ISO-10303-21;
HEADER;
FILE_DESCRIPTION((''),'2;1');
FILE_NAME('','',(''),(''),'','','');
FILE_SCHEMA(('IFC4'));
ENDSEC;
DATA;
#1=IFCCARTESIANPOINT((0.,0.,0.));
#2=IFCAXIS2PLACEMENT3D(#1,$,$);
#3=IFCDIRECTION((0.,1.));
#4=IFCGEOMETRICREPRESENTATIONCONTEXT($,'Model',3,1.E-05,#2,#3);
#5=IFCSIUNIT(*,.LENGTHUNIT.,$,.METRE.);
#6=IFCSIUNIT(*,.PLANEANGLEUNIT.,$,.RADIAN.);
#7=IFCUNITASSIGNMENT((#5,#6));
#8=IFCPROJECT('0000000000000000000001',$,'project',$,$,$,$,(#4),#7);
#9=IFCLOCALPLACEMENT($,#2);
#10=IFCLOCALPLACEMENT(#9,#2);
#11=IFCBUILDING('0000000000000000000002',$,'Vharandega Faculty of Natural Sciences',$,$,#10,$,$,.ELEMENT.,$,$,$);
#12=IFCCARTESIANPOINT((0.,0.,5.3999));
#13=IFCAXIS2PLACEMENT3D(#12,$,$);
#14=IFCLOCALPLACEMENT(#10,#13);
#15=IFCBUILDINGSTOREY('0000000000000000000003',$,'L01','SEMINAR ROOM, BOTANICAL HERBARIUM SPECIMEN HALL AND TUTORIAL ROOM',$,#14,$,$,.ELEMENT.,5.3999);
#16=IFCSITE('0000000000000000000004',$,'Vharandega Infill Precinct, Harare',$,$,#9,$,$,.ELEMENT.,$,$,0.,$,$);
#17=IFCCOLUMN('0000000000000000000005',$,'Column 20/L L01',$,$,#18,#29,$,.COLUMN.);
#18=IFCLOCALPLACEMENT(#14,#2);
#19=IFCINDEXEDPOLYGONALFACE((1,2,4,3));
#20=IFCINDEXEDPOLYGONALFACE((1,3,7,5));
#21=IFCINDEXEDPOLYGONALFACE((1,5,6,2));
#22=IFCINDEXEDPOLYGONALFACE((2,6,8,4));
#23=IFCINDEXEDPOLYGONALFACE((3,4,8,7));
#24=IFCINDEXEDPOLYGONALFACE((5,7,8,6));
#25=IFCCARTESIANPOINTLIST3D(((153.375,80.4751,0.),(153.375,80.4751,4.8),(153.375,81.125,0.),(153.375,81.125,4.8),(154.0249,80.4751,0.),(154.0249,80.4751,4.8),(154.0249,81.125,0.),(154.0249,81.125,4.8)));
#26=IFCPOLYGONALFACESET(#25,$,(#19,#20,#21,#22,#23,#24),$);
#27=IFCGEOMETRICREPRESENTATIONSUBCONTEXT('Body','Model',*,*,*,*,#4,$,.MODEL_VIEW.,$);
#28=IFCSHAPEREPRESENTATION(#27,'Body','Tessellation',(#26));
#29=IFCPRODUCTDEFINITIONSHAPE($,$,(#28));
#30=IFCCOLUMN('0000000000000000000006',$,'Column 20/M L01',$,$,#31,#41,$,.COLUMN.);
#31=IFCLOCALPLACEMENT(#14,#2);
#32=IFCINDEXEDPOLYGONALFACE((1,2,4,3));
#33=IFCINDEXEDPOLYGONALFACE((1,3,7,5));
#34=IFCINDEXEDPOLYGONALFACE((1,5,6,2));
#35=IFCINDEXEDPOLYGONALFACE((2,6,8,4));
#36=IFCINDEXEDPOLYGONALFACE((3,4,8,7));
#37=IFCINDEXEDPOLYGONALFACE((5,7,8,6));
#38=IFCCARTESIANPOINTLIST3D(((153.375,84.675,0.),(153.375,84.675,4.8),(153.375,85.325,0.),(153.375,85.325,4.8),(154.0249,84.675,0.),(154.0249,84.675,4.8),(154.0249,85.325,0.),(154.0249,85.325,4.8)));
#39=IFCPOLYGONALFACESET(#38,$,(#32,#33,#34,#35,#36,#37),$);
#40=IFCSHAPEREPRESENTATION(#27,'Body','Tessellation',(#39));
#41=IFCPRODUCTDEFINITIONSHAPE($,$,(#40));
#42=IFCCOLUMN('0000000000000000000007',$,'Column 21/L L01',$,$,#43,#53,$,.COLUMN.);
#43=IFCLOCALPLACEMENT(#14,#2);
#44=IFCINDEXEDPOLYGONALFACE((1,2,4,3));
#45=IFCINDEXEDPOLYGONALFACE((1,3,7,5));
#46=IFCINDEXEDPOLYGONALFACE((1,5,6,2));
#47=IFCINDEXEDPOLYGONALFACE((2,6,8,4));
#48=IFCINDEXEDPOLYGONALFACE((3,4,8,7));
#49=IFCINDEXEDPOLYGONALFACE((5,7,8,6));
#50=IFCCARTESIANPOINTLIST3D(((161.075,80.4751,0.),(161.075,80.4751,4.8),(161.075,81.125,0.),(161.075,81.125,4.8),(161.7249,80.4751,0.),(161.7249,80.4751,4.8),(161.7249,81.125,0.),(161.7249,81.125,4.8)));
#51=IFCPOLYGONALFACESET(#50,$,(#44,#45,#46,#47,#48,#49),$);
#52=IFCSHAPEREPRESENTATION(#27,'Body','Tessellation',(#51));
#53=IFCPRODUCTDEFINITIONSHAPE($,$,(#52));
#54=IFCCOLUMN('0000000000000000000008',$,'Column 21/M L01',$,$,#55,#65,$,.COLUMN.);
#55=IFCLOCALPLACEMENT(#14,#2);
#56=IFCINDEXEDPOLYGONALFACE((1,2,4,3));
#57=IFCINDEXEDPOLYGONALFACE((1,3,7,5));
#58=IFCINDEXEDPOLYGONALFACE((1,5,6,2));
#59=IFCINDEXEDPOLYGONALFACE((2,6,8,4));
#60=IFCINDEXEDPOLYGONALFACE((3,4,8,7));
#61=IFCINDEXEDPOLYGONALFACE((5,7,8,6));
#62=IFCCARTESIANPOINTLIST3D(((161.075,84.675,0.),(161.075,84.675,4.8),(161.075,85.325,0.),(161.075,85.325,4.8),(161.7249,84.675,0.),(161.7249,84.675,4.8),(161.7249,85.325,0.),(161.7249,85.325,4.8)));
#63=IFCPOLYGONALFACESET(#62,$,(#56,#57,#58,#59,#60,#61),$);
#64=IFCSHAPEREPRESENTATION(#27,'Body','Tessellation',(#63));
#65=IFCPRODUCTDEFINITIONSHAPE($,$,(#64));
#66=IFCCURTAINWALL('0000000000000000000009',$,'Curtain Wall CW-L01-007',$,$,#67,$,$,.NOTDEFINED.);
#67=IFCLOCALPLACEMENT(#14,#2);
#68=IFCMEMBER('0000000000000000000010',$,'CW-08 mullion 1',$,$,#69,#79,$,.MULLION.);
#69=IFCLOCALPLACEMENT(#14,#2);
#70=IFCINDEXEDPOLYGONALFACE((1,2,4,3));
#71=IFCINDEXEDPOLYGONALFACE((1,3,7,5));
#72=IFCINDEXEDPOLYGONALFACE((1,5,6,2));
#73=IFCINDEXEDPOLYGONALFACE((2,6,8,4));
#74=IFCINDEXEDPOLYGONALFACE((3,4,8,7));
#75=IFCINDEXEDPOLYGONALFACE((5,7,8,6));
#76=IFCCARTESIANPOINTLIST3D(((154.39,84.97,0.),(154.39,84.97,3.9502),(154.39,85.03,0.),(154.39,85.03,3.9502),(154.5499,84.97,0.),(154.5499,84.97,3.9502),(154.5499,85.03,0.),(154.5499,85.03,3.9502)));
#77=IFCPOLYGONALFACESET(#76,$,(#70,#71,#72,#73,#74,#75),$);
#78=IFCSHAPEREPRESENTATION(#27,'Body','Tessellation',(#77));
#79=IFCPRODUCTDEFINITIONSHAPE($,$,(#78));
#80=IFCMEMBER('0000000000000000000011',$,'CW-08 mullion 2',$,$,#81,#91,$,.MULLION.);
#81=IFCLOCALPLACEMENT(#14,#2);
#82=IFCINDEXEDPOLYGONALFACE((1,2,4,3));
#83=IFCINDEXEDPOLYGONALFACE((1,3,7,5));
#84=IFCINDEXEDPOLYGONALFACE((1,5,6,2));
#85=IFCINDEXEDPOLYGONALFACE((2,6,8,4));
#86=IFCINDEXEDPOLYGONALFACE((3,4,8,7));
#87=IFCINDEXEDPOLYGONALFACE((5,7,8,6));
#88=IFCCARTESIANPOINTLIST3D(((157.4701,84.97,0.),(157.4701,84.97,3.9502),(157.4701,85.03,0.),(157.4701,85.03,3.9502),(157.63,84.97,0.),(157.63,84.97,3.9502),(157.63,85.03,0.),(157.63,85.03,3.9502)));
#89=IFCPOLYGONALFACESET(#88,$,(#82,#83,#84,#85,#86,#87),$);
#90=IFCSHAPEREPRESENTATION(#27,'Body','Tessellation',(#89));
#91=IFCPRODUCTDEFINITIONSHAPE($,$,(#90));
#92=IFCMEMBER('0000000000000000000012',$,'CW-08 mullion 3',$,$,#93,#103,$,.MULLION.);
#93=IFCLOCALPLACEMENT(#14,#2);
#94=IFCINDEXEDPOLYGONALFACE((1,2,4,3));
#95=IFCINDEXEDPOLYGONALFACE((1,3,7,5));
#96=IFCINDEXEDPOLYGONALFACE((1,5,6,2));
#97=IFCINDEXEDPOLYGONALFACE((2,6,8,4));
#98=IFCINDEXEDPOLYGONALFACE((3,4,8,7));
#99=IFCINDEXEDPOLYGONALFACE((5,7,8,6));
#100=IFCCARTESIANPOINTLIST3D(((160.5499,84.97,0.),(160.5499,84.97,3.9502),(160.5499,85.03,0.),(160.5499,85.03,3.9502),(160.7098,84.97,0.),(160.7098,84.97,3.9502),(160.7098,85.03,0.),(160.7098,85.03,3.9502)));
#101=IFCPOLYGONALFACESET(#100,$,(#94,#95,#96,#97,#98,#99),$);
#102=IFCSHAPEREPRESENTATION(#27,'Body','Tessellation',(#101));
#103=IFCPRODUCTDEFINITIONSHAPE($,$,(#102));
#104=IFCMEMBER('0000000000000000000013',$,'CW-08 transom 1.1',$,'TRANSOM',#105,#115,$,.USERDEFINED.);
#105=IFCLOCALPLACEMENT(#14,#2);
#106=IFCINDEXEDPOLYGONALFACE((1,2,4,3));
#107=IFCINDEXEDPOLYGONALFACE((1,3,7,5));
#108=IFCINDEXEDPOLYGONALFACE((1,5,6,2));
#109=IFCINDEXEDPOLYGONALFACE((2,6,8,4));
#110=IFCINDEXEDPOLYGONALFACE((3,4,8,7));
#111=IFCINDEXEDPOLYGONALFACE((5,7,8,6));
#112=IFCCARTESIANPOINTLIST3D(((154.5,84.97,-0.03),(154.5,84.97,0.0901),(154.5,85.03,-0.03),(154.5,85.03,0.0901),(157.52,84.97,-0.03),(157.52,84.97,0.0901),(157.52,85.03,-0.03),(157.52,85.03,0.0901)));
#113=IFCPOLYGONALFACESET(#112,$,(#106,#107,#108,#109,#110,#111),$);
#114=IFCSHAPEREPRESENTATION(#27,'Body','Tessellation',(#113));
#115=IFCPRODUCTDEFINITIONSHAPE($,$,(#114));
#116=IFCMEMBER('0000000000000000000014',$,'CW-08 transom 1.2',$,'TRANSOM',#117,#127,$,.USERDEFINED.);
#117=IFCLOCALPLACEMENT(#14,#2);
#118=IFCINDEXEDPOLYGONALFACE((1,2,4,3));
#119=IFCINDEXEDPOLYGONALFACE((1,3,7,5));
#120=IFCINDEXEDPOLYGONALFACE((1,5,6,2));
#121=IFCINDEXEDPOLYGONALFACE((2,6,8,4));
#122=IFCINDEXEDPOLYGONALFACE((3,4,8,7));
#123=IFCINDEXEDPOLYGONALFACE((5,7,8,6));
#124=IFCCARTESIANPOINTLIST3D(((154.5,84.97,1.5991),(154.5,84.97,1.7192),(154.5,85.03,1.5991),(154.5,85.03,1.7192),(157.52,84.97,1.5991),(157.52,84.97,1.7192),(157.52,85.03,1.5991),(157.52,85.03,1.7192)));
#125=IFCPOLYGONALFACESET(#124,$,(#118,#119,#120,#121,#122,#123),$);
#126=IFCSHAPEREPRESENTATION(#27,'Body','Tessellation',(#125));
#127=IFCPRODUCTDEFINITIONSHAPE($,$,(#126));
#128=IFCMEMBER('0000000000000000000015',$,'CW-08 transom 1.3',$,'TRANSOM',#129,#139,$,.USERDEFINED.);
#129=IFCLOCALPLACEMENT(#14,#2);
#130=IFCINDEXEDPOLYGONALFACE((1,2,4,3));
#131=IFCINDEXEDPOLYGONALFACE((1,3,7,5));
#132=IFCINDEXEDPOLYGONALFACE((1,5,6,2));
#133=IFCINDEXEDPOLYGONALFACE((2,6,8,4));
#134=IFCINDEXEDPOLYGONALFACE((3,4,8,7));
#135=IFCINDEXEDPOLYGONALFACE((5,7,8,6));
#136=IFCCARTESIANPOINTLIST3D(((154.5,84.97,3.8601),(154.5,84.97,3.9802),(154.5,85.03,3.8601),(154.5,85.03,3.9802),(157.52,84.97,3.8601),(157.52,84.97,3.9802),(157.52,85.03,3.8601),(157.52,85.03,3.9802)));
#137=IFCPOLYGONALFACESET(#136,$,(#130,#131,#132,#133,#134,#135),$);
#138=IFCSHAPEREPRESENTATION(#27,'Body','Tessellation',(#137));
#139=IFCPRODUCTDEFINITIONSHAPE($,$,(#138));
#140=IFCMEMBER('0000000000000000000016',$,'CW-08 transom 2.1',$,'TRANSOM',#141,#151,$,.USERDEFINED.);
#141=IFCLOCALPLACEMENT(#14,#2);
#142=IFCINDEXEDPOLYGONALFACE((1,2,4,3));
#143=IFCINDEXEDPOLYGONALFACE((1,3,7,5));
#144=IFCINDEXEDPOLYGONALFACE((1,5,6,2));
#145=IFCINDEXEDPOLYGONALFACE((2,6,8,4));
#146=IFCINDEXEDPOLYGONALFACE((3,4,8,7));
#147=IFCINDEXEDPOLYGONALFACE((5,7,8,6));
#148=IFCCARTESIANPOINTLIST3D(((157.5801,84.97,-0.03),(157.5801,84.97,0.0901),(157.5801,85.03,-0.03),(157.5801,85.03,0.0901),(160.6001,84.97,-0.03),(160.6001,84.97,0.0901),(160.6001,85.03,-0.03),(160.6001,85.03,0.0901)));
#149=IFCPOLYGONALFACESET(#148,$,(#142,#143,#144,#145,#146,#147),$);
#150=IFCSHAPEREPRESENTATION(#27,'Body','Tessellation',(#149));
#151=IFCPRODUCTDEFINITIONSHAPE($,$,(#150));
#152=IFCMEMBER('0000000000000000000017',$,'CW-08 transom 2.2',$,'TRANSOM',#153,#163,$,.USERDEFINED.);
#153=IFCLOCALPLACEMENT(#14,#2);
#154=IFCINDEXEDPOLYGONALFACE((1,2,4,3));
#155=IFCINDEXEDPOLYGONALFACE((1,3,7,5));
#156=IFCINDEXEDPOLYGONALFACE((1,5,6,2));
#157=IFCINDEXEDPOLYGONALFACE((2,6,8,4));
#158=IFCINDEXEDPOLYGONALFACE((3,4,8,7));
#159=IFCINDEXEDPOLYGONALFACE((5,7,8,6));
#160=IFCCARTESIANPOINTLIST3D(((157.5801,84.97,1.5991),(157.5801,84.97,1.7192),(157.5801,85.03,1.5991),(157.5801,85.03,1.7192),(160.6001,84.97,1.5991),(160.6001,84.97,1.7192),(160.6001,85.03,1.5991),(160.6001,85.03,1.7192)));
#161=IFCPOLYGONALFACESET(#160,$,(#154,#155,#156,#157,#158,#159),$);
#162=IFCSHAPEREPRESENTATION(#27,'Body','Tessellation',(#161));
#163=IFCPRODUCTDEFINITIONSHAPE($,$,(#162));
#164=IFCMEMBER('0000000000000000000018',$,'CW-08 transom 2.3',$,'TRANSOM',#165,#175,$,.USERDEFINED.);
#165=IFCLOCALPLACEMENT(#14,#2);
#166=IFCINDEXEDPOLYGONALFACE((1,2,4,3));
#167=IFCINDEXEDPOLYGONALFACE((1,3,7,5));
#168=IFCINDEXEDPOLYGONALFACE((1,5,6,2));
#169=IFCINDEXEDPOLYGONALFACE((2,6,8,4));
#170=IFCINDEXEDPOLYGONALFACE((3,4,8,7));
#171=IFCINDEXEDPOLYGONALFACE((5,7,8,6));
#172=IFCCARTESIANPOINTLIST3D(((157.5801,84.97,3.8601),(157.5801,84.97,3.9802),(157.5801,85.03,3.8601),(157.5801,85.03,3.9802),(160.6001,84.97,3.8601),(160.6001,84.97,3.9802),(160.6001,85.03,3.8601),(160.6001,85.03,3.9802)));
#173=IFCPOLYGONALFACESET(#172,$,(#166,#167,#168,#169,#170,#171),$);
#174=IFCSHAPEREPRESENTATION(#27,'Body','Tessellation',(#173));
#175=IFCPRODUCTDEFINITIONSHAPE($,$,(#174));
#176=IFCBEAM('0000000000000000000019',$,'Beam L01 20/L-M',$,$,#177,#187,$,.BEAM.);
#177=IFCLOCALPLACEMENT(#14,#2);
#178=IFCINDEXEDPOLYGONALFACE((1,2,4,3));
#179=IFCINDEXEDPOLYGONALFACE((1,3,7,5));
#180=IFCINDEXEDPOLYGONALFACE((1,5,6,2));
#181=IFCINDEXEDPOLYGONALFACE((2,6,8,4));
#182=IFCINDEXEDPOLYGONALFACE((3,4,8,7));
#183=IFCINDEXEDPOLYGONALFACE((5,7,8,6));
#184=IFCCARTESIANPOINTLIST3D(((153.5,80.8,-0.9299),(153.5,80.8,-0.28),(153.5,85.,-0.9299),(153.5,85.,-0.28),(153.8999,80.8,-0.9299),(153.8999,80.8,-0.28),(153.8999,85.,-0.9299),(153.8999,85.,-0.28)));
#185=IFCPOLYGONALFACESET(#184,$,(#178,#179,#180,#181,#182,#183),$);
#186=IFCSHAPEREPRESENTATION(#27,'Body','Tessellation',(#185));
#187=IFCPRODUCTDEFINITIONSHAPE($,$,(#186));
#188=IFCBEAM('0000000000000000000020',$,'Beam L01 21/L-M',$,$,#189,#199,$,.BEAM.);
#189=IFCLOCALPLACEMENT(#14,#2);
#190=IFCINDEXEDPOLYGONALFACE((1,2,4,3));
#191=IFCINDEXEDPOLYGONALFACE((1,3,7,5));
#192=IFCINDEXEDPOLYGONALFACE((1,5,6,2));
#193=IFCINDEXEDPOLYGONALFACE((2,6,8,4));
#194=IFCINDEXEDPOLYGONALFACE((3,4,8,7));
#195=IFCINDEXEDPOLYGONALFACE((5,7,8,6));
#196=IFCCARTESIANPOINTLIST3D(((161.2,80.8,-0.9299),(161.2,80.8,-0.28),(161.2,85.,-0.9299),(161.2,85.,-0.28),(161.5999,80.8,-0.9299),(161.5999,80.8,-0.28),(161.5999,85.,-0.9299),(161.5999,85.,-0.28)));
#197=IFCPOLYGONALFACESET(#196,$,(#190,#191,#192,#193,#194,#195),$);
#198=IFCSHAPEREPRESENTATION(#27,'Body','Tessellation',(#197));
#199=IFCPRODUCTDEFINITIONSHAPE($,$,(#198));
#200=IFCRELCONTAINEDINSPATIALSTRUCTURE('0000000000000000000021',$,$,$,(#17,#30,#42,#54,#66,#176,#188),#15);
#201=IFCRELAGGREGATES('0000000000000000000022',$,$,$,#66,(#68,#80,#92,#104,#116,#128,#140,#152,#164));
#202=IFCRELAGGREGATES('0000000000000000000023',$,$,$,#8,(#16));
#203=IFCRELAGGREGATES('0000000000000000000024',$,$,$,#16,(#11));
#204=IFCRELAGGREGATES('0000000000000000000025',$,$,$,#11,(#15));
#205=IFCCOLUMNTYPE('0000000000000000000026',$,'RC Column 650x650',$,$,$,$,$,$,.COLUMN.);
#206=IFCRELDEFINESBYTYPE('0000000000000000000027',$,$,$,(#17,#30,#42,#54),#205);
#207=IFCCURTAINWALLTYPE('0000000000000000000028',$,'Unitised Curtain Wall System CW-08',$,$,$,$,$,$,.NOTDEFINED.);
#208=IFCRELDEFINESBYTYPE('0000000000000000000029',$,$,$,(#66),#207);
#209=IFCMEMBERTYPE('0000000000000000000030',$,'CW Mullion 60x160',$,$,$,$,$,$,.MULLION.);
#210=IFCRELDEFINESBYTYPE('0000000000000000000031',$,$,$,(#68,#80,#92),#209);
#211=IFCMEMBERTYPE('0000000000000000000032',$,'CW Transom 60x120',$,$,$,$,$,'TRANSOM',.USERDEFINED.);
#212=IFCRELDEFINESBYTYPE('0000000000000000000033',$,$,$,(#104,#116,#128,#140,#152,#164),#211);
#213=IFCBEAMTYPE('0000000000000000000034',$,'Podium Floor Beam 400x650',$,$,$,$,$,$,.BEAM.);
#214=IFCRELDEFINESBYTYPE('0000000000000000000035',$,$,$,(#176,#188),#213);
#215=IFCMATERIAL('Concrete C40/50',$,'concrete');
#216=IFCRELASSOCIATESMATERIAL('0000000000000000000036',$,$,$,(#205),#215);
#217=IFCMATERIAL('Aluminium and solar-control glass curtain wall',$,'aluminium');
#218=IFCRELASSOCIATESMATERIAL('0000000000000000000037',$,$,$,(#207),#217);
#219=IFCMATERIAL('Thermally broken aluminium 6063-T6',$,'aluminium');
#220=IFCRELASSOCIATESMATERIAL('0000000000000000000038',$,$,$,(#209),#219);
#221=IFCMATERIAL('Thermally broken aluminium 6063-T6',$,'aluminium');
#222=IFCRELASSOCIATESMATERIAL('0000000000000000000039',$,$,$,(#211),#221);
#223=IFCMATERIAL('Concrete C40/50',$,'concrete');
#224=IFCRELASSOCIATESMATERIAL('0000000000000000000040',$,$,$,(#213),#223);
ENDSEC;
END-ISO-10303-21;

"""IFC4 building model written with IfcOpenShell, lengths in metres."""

from ifc_helpers import new_model, si_unit, direction, frame, origin, origin_2d, place, context, subcontext, project, spatial, rectangle, extrude, material, material_profile, profile_set, type_object, element, aggregate, save


model = new_model("IFC4")

# Units and contexts
model_context = context("Model", 3, precision=1e-05, world=origin(), true_north=direction((0.0, 1.0)))
body_context = subcontext(model_context, "Body", "Model", "MODEL_VIEW")
ifc_project = project(units=[si_unit("LENGTHUNIT", "METRE"), si_unit("PLANEANGLEUNIT", "RADIAN")], contexts=[model_context])

# Site, building, storey
site_placement = place(None, origin())
site = spatial("IfcSite", under=ifc_project, at=site_placement, Name="Vharandega Infill Precinct, Harare", CompositionType="ELEMENT", RefElevation=0.0)
building_placement = place(site_placement, origin())
building = spatial("IfcBuilding", under=site, at=building_placement, Name="Vharandega Faculty of Natural Sciences", CompositionType="ELEMENT")
storey_placement = place(building_placement, frame((0.0, 0.0, 5.3999)))
storey = spatial("IfcBuildingStorey", under=building, at=storey_placement, Name="L01", Description="SEMINAR ROOM, BOTANICAL HERBARIUM SPECIMEN HALL AND TUTORIAL ROOM", CompositionType="ELEMENT", Elevation=5.3999)

# Columns
ifc_material_1 = material(Name="Concrete C40/50", Category="concrete")
ifc_material_profile_1 = material_profile(ifc_material_1, rectangle(XDim=0.6499, YDim=0.6499, at=origin_2d()), Name="RC 650x650")
ifc_profile_set_1 = profile_set([ifc_material_profile_1], Name="Concrete C40/50")
column_type = type_object("IfcColumnType", Name="RC Column 650x650", PredefinedType="COLUMN", material=ifc_profile_set_1)
for number, where, z_axis, x_axis, name in (
    (1, (153.7, 80.8, 0.0), (0.0, 0.0, 1.0), (1.0, 0.0, 0.0), "Column 20/L L01"),
    (2, (153.7, 85.0, 0.0), (0.0, 0.0, 1.0), (1.0, 0.0, 0.0), "Column 20/M L01"),
    (3, (161.3999, 80.8, 0.0), (0.0, 0.0, 1.0), (1.0, 0.0, 0.0), "Column 21/L L01"),
    (4, (161.3999, 85.0, 0.0), (0.0, 0.0, 1.0), (1.0, 0.0, 0.0), "Column 21/M L01"),
):
    element("IfcColumn", number, at=place(storey_placement, frame(where, z_axis=z_axis, x_axis=x_axis)), inside=storey, type_object=column_type, Name=name, PredefinedType="COLUMN", context=body_context, shape_type="SweptSolid", body=[
        extrude(rectangle(XDim=0.6499, YDim=0.6499, at=origin_2d()), origin(), (0.0, 0.0, 1.0), 4.8),
    ])

# Curtain wall, members
ifc_material_2 = material(Name="Aluminium and solar-control glass curtain wall", Category="aluminium")
curtain_wall_type = type_object("IfcCurtainWallType", Name="Unitised Curtain Wall System CW-08", PredefinedType="NOTDEFINED", material=ifc_material_2)
curtain_wall_placement = place(storey_placement, origin())
curtain_wall = element("IfcCurtainWall", 5, at=curtain_wall_placement, inside=storey, type_object=curtain_wall_type, Name="Curtain Wall CW-L01-007", PredefinedType="NOTDEFINED")
ifc_material_3 = material(Name="Thermally broken aluminium 6063-T6", Category="aluminium")
ifc_material_profile_2 = material_profile(ifc_material_3, rectangle(XDim=0.0601, YDim=0.1599, at=origin_2d()), Name="ALU 60x160")
ifc_profile_set_2 = profile_set([ifc_material_profile_2], Name="Thermally broken aluminium 6063-T6")
member_type_1 = type_object("IfcMemberType", Name="CW Mullion 60x160", PredefinedType="MULLION", material=ifc_profile_set_2)
member_1_placement = place(storey_placement, frame((154.47, 85.0, 0.0), z_axis=(0.0, 0.0, 1.0), x_axis=(0.0, 1.0, 0.0)))
member_1 = element("IfcMember", 6, at=member_1_placement, type_object=member_type_1, Name="CW-08 mullion 1", PredefinedType="MULLION", context=body_context, shape_type="SweptSolid", body=[
    extrude(rectangle(XDim=0.0601, YDim=0.1599, at=origin_2d()), origin(), (0.0, 0.0, 1.0), 3.9502),
])
member_2_placement = place(storey_placement, frame((157.55, 85.0, 0.0), z_axis=(0.0, 0.0, 1.0), x_axis=(0.0, 1.0, 0.0)))
member_2 = element("IfcMember", 7, at=member_2_placement, type_object=member_type_1, Name="CW-08 mullion 2", PredefinedType="MULLION", context=body_context, shape_type="SweptSolid", body=[
    extrude(rectangle(XDim=0.0601, YDim=0.1599, at=origin_2d()), origin(), (0.0, 0.0, 1.0), 3.9502),
])
member_3_placement = place(storey_placement, frame((160.6299, 85.0, 0.0), z_axis=(0.0, 0.0, 1.0), x_axis=(0.0, 1.0, 0.0)))
member_3 = element("IfcMember", 8, at=member_3_placement, type_object=member_type_1, Name="CW-08 mullion 3", PredefinedType="MULLION", context=body_context, shape_type="SweptSolid", body=[
    extrude(rectangle(XDim=0.0601, YDim=0.1599, at=origin_2d()), origin(), (0.0, 0.0, 1.0), 3.9502),
])
ifc_material_4 = material(Name="Thermally broken aluminium 6063-T6", Category="aluminium")
ifc_material_profile_3 = material_profile(ifc_material_4, rectangle(XDim=0.0601, YDim=0.1201, at=origin_2d()), Name="ALU 60x120")
ifc_profile_set_3 = profile_set([ifc_material_profile_3], Name="Thermally broken aluminium 6063-T6")
member_type_2 = type_object("IfcMemberType", Name="CW Transom 60x120", ElementType="TRANSOM", PredefinedType="USERDEFINED", material=ifc_profile_set_3)
member_4_placement = place(storey_placement, frame((154.5, 85.0, 0.03), z_axis=(1.0, 0.0, 0.0), x_axis=(0.0, 1.0, 0.0)))
member_4 = element("IfcMember", 9, at=member_4_placement, type_object=member_type_2, Name="CW-08 transom 1.1", ObjectType="TRANSOM", PredefinedType="USERDEFINED", context=body_context, shape_type="SweptSolid", body=[
    extrude(rectangle(XDim=0.0601, YDim=0.1201, at=origin_2d()), origin(), (0.0, 0.0, 1.0), 3.02),
])
member_5_placement = place(storey_placement, frame((154.5, 85.0, 1.6592), z_axis=(1.0, 0.0, 0.0), x_axis=(0.0, 1.0, 0.0)))
member_5 = element("IfcMember", 10, at=member_5_placement, type_object=member_type_2, Name="CW-08 transom 1.2", ObjectType="TRANSOM", PredefinedType="USERDEFINED", context=body_context, shape_type="SweptSolid", body=[
    extrude(rectangle(XDim=0.0601, YDim=0.1201, at=origin_2d()), origin(), (0.0, 0.0, 1.0), 3.02),
])
member_6_placement = place(storey_placement, frame((154.5, 85.0, 3.9202), z_axis=(1.0, 0.0, 0.0), x_axis=(0.0, 1.0, 0.0)))
member_6 = element("IfcMember", 11, at=member_6_placement, type_object=member_type_2, Name="CW-08 transom 1.3", ObjectType="TRANSOM", PredefinedType="USERDEFINED", context=body_context, shape_type="SweptSolid", body=[
    extrude(rectangle(XDim=0.0601, YDim=0.1201, at=origin_2d()), origin(), (0.0, 0.0, 1.0), 3.02),
])
member_7_placement = place(storey_placement, frame((157.5801, 85.0, 0.03), z_axis=(1.0, 0.0, 0.0), x_axis=(0.0, 1.0, 0.0)))
member_7 = element("IfcMember", 12, at=member_7_placement, type_object=member_type_2, Name="CW-08 transom 2.1", ObjectType="TRANSOM", PredefinedType="USERDEFINED", context=body_context, shape_type="SweptSolid", body=[
    extrude(rectangle(XDim=0.0601, YDim=0.1201, at=origin_2d()), origin(), (0.0, 0.0, 1.0), 3.02),
])
member_8_placement = place(storey_placement, frame((157.5801, 85.0, 1.6592), z_axis=(1.0, 0.0, 0.0), x_axis=(0.0, 1.0, 0.0)))
member_8 = element("IfcMember", 13, at=member_8_placement, type_object=member_type_2, Name="CW-08 transom 2.2", ObjectType="TRANSOM", PredefinedType="USERDEFINED", context=body_context, shape_type="SweptSolid", body=[
    extrude(rectangle(XDim=0.0601, YDim=0.1201, at=origin_2d()), origin(), (0.0, 0.0, 1.0), 3.02),
])
member_9_placement = place(storey_placement, frame((157.5801, 85.0, 3.9202), z_axis=(1.0, 0.0, 0.0), x_axis=(0.0, 1.0, 0.0)))
member_9 = element("IfcMember", 14, at=member_9_placement, type_object=member_type_2, Name="CW-08 transom 2.3", ObjectType="TRANSOM", PredefinedType="USERDEFINED", context=body_context, shape_type="SweptSolid", body=[
    extrude(rectangle(XDim=0.0601, YDim=0.1201, at=origin_2d()), origin(), (0.0, 0.0, 1.0), 3.02),
])

# Beams
ifc_material_5 = material(Name="Concrete C40/50", Category="concrete")
ifc_material_profile_4 = material_profile(ifc_material_5, rectangle(XDim=0.3999, YDim=0.6499, at=origin_2d()), Name="RC 400x650")
ifc_profile_set_4 = profile_set([ifc_material_profile_4], Name="Concrete C40/50")
beam_type_1 = type_object("IfcBeamType", Name="Podium Floor Beam 400x650", PredefinedType="BEAM", material=ifc_profile_set_4)
for number, where, z_axis, x_axis, name in (
    (15, (153.7, 80.8, -0.605), (0.0, 1.0, 0.0), (-1.0, 0.0, 0.0), "Beam L01 20/L-M"),
    (16, (161.3999, 80.8, -0.605), (0.0, 1.0, 0.0), (-1.0, 0.0, 0.0), "Beam L01 21/L-M"),
):
    element("IfcBeam", number, at=place(storey_placement, frame(where, z_axis=z_axis, x_axis=x_axis)), inside=storey, type_object=beam_type_1, Name=name, PredefinedType="BEAM", context=body_context, shape_type="SweptSolid", body=[
        extrude(rectangle(XDim=0.3999, YDim=0.6499, at=origin_2d()), origin(), (0.0, 0.0, 1.0), 4.2),
    ])

aggregate(curtain_wall, [member_1, member_2, member_3, member_4, member_5, member_6, member_7, member_8, member_9])

save(model, "model.ifc")
